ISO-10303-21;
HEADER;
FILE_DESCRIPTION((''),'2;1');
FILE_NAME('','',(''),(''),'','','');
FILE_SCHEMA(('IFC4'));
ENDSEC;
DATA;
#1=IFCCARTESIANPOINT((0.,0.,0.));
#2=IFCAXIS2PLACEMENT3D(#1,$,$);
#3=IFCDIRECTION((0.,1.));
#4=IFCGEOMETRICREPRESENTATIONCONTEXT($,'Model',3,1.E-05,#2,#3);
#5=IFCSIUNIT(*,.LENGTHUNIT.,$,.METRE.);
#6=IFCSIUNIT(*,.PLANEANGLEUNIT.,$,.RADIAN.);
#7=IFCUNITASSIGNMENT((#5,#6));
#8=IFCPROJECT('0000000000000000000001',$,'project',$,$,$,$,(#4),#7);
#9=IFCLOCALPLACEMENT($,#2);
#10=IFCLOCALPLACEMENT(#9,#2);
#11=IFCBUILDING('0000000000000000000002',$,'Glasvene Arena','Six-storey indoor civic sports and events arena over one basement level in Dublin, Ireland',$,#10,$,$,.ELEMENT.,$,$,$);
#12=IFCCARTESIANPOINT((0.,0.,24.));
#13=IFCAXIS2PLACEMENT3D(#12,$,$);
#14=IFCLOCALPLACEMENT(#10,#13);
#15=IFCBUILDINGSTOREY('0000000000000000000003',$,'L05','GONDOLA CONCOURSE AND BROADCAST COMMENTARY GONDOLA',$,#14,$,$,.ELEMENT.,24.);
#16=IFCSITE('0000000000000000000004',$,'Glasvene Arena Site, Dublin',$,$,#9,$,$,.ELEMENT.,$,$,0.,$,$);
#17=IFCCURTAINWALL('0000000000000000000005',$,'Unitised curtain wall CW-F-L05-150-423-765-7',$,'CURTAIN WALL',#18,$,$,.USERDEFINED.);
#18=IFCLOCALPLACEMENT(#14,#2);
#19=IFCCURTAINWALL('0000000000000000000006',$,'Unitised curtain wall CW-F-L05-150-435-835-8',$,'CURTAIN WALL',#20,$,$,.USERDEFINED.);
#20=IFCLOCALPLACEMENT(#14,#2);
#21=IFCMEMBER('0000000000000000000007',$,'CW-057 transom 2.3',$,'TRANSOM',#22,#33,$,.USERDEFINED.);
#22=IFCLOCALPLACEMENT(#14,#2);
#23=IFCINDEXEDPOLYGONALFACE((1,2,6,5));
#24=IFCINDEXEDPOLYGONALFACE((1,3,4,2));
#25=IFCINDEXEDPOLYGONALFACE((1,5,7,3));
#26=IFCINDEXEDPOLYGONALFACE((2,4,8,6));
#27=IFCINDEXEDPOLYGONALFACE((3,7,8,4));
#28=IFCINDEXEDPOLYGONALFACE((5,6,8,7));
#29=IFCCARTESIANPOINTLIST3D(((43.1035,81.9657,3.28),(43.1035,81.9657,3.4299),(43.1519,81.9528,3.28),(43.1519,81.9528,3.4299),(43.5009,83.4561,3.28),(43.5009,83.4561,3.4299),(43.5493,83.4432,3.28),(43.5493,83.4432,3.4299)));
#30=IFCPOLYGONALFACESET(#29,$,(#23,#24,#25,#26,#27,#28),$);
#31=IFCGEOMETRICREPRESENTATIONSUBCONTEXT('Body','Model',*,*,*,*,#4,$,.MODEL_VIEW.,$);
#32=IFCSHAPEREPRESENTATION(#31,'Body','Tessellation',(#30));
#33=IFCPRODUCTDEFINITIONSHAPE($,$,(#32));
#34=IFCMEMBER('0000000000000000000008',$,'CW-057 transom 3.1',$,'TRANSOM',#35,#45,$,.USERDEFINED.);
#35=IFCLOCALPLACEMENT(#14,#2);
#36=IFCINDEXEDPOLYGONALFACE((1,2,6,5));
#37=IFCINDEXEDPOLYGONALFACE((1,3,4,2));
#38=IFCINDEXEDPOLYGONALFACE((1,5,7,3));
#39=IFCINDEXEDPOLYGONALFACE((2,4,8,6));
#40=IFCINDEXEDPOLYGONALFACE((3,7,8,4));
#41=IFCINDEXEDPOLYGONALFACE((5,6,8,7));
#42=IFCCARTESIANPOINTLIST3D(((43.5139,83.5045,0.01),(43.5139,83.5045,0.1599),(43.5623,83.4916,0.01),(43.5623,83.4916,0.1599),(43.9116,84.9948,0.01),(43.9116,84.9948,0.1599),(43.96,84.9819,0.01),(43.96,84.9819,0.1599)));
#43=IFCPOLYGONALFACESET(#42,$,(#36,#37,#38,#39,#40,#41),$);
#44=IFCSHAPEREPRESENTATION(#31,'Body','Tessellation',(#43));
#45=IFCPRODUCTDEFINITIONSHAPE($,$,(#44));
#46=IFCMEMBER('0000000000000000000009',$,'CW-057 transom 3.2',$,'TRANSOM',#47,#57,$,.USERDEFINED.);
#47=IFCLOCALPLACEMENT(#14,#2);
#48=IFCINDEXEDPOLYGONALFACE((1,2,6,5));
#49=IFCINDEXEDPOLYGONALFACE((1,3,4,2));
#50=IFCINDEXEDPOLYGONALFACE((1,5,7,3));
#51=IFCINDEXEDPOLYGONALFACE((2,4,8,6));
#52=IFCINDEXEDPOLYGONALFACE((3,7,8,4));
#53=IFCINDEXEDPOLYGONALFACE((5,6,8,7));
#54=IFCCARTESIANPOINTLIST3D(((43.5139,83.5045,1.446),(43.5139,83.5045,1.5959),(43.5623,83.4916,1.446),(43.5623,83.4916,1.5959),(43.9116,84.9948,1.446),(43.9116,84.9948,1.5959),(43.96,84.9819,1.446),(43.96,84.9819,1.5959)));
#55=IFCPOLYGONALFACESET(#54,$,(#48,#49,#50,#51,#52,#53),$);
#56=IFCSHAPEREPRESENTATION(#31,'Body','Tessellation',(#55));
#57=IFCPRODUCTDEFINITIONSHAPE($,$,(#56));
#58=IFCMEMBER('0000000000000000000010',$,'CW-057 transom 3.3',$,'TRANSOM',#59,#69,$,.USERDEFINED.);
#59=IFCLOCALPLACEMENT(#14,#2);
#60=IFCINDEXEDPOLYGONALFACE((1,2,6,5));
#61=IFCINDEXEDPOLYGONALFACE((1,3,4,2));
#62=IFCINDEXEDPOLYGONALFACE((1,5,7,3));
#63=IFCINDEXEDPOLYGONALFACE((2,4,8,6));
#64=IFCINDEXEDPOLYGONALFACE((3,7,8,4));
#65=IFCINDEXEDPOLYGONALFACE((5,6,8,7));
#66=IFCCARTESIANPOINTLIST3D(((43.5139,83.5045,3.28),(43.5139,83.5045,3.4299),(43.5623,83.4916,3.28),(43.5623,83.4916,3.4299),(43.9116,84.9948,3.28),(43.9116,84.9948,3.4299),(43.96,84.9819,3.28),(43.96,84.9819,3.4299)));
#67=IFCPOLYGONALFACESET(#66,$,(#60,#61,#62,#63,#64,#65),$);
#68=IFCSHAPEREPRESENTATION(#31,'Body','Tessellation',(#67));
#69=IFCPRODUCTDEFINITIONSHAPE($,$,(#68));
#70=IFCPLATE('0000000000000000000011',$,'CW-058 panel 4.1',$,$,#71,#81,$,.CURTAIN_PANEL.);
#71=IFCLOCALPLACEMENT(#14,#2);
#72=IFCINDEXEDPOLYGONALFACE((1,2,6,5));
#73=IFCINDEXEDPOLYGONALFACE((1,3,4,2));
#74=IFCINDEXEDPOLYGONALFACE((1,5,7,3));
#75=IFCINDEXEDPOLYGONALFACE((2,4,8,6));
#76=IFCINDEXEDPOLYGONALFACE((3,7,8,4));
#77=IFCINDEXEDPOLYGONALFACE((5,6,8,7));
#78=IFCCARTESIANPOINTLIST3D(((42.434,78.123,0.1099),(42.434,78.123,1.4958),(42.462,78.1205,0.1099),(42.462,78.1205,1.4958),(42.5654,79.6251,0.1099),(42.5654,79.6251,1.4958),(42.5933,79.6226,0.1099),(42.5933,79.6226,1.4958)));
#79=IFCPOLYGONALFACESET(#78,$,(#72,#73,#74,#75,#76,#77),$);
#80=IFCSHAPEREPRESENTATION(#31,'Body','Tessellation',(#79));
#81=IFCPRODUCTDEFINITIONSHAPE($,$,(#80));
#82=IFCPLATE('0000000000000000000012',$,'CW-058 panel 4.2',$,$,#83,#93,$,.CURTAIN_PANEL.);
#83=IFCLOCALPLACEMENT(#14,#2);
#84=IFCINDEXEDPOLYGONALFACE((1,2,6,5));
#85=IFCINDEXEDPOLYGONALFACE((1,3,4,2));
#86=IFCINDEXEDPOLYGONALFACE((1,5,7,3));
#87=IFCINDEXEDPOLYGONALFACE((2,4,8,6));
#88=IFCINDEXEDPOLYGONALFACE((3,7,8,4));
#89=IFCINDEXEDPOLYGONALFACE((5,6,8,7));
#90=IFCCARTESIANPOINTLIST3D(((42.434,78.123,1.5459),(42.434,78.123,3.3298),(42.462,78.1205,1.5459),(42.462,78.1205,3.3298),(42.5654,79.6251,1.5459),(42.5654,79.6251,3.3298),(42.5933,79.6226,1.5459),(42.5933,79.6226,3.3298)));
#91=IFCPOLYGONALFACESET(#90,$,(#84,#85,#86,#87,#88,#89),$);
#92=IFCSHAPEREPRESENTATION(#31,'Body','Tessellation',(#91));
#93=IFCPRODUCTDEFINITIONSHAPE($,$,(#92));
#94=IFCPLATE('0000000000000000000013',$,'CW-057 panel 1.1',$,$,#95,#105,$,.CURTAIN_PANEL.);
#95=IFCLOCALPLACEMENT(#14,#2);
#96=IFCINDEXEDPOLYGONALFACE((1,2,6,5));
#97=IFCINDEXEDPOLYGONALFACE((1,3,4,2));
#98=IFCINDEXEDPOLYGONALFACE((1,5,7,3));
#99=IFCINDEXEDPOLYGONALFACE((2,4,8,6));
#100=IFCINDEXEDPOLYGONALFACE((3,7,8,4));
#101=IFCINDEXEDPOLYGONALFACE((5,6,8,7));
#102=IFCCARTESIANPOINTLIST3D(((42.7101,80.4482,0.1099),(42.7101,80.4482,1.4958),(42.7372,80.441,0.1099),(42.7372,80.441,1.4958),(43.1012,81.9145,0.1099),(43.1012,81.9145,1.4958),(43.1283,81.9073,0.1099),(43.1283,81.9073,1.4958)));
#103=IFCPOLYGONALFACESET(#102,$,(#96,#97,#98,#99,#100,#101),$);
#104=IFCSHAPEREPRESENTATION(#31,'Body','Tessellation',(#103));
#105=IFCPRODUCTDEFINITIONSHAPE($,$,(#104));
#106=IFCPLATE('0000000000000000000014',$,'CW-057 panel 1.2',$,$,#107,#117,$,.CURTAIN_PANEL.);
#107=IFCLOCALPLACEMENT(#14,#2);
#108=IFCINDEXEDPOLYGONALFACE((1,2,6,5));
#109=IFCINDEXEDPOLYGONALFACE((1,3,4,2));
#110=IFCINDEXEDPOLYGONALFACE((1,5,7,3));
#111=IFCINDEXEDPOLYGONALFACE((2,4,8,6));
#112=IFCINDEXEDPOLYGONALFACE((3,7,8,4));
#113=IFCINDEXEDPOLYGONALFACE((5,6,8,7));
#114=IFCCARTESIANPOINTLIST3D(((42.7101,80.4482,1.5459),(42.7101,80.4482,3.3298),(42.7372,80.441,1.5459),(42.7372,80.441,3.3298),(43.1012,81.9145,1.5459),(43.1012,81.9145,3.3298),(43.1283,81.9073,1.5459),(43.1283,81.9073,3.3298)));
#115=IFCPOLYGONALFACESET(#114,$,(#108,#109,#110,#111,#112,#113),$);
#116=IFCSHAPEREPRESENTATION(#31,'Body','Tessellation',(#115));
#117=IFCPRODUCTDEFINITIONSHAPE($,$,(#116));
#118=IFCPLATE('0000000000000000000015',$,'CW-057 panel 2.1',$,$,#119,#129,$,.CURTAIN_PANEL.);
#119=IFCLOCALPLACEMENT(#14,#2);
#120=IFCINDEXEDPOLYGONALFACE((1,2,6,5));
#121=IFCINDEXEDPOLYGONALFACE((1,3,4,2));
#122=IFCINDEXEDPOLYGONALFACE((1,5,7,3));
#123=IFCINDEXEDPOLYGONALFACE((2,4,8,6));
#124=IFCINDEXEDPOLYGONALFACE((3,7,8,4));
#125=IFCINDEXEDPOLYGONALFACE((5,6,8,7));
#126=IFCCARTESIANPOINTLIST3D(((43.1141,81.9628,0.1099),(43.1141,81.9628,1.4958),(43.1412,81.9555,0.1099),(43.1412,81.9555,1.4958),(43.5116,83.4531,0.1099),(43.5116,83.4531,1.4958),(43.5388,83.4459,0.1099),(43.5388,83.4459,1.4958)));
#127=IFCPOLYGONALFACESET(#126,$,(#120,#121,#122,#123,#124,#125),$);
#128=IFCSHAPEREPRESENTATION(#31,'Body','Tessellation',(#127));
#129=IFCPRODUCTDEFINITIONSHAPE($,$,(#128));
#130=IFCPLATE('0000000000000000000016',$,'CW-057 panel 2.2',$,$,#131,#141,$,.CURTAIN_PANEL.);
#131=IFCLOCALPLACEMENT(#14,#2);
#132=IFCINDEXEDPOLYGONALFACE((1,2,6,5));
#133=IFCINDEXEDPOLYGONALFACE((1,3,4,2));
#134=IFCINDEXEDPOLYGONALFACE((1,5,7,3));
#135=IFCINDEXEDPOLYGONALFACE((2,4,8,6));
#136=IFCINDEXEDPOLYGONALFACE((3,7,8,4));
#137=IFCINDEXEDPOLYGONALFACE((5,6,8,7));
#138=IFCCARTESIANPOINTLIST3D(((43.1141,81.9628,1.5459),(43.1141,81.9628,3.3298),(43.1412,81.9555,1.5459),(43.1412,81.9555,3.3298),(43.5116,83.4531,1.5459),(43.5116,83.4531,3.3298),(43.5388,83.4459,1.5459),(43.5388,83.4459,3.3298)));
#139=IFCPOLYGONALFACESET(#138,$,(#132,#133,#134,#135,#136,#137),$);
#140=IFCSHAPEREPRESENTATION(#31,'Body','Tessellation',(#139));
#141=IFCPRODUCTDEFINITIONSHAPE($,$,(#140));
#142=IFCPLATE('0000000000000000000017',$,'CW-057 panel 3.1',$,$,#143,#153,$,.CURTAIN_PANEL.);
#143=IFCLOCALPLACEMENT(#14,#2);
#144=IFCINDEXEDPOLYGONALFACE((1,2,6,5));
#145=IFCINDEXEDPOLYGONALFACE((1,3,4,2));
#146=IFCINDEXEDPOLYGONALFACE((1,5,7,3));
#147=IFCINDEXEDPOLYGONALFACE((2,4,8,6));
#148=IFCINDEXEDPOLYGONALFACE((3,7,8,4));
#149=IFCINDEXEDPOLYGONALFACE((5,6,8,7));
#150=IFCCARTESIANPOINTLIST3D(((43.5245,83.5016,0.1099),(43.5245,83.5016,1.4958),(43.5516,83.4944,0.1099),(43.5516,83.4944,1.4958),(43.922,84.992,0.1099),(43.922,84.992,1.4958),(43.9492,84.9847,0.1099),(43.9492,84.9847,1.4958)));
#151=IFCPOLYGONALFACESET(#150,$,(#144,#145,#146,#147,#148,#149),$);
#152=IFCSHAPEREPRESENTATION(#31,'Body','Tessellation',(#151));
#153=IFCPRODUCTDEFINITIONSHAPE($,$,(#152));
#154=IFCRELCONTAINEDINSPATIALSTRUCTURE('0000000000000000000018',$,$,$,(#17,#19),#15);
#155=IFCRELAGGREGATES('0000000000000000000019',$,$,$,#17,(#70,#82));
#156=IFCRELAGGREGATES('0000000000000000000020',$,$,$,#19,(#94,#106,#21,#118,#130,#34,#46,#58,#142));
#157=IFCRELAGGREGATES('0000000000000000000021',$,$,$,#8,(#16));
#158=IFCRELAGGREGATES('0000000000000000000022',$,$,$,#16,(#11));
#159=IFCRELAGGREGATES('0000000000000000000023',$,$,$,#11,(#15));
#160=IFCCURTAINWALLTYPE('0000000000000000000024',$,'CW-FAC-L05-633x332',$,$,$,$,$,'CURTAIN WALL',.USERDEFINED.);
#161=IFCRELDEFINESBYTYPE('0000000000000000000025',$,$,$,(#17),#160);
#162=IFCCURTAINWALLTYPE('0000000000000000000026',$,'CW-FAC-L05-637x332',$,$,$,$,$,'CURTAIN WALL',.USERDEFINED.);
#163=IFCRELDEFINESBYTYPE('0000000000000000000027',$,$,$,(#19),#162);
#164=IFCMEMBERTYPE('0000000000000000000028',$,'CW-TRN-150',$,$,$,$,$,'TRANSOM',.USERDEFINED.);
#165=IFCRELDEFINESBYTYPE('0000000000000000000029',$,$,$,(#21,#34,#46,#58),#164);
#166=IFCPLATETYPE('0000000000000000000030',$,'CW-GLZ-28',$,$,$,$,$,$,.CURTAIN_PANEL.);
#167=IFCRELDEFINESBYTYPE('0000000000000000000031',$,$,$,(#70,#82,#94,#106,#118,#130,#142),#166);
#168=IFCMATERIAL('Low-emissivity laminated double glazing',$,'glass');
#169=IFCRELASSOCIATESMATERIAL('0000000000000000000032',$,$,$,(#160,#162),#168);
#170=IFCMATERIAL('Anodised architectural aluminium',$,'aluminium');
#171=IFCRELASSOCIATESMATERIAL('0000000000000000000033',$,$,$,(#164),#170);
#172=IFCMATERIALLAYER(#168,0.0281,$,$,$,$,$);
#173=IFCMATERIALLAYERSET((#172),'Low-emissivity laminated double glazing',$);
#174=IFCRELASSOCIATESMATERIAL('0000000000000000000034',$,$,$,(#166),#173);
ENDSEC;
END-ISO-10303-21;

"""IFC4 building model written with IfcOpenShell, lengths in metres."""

from ifc_helpers import new_model, si_unit, direction, frame, origin, origin_2d, place, context, subcontext, project, spatial, rectangle, extrude, material, layer, layer_set, material_profile, profile_set, type_object, element, aggregate, save


model = new_model("IFC4")

# Units and contexts
model_context = context("Model", 3, precision=1e-05, world=origin(), true_north=direction((0.0, 1.0)))
body_context = subcontext(model_context, "Body", "Model", "MODEL_VIEW")
ifc_project = project(units=[si_unit("LENGTHUNIT", "METRE"), si_unit("PLANEANGLEUNIT", "RADIAN")], contexts=[model_context])

# Site, building, storey
site_placement = place(None, origin())
site = spatial("IfcSite", under=ifc_project, at=site_placement, Name="Glasvene Arena Site, Dublin", CompositionType="ELEMENT", RefElevation=0.0)
building_placement = place(site_placement, origin())
building = spatial("IfcBuilding", under=site, at=building_placement, Name="Glasvene Arena", Description="Six-storey indoor civic sports and events arena over one basement level in Dublin, Ireland", CompositionType="ELEMENT")
storey_placement = place(building_placement, frame((0.0, 0.0, 24.0)))
storey = spatial("IfcBuildingStorey", under=building, at=storey_placement, Name="L05", Description="GONDOLA CONCOURSE AND BROADCAST COMMENTARY GONDOLA", CompositionType="ELEMENT", Elevation=24.0)

# Curtain wall
ifc_material_1 = material(Name="Low-emissivity laminated double glazing", Category="glass")
curtain_wall_type_1 = type_object("IfcCurtainWallType", Name="CW-FAC-L05-633x332", ElementType="CURTAIN WALL", PredefinedType="USERDEFINED", material=ifc_material_1)
curtain_wall_1_placement = place(storey_placement, frame((42.032, 73.3667, 0.0)))
curtain_wall_1 = element("IfcCurtainWall", 1, at=curtain_wall_1_placement, inside=storey, type_object=curtain_wall_type_1, Name="Unitised curtain wall CW-F-L05-150-423-765-7", ObjectType="CURTAIN WALL", PredefinedType="USERDEFINED")
ifc_material_2 = material(Name="Anodised architectural aluminium", Category="aluminium")

# Curtain wall
curtain_wall_type_2 = type_object("IfcCurtainWallType", Name="CW-FAC-L05-637x332", ElementType="CURTAIN WALL", PredefinedType="USERDEFINED", material=ifc_material_1)
curtain_wall_2_placement = place(storey_placement, frame((42.7107, 80.3965, 0.0)))
curtain_wall_2 = element("IfcCurtainWall", 2, at=curtain_wall_2_placement, inside=storey, type_object=curtain_wall_type_2, Name="Unitised curtain wall CW-F-L05-150-435-835-8", ObjectType="CURTAIN WALL", PredefinedType="USERDEFINED")

# Shared definitions
ifc_material_profile_1 = material_profile(ifc_material_2, rectangle(XDim=0.05, YDim=0.1499, at=origin_2d()), Name="ALU TRANSOM 50x150")
ifc_profile_set_1 = profile_set([ifc_material_profile_1], Name="Anodised architectural aluminium")
member_type_1 = type_object("IfcMemberType", Name="CW-TRN-150", ElementType="TRANSOM", PredefinedType="USERDEFINED", material=ifc_profile_set_1)

# Members
member_1_placement = place(storey_placement, frame((43.1277, 81.9592, 3.355), z_axis=(0.257663, 0.966235, 0.0), x_axis=(-0.966235, 0.257663, 0.0)))
member_1 = element("IfcMember", 3, at=member_1_placement, type_object=member_type_1, Name="CW-057 transom 2.3", ObjectType="TRANSOM", PredefinedType="USERDEFINED", context=body_context, shape_type="SweptSolid", body=[
    extrude(rectangle(XDim=0.05, YDim=0.1499, at=origin_2d()), origin(), (0.0, 0.0, 1.0), 1.5425),
])
member_2_placement = place(storey_placement, frame((43.5381, 83.498, 0.085), z_axis=(0.25785, 0.966185, 0.0), x_axis=(-0.966185, 0.25785, 0.0)))
member_2 = element("IfcMember", 4, at=member_2_placement, type_object=member_type_1, Name="CW-057 transom 3.1", ObjectType="TRANSOM", PredefinedType="USERDEFINED", context=body_context, shape_type="SweptSolid", body=[
    extrude(rectangle(XDim=0.05, YDim=0.1499, at=origin_2d()), origin(), (0.0, 0.0, 1.0), 1.5425),
])
member_3_placement = place(storey_placement, frame((43.5381, 83.498, 1.521), z_axis=(0.25785, 0.966185, 0.0), x_axis=(-0.966185, 0.25785, 0.0)))
member_3 = element("IfcMember", 5, at=member_3_placement, type_object=member_type_1, Name="CW-057 transom 3.2", ObjectType="TRANSOM", PredefinedType="USERDEFINED", context=body_context, shape_type="SweptSolid", body=[
    extrude(rectangle(XDim=0.05, YDim=0.1499, at=origin_2d()), origin(), (0.0, 0.0, 1.0), 1.5425),
])
member_4_placement = place(storey_placement, frame((43.5381, 83.498, 3.355), z_axis=(0.25785, 0.966185, 0.0), x_axis=(-0.966185, 0.25785, 0.0)))
member_4 = element("IfcMember", 6, at=member_4_placement, type_object=member_type_1, Name="CW-057 transom 3.3", ObjectType="TRANSOM", PredefinedType="USERDEFINED", context=body_context, shape_type="SweptSolid", body=[
    extrude(rectangle(XDim=0.05, YDim=0.1499, at=origin_2d()), origin(), (0.0, 0.0, 1.0), 1.5425),
])

# Plates
ifc_layer = layer(ifc_material_1, 0.0281)
ifc_layer_set = layer_set([ifc_layer], Name="Low-emissivity laminated double glazing")
plate_type = type_object("IfcPlateType", Name="CW-GLZ-28", PredefinedType="CURTAIN_PANEL", material=ifc_layer_set)
plate_1_placement = place(storey_placement, frame((42.5137, 78.8728, 0.1099), z_axis=(0.0, 0.0, 1.0), x_axis=(0.087113, 0.996198, 0.0)))
plate_1 = element("IfcPlate", 7, at=plate_1_placement, type_object=plate_type, Name="CW-058 panel 4.1", PredefinedType="CURTAIN_PANEL", context=body_context, shape_type="SweptSolid", body=[
    extrude(rectangle(XDim=1.5078, YDim=0.0281, at=origin_2d()), origin(), (0.0, 0.0, 1.0), 1.386),
])
plate_2_placement = place(storey_placement, frame((42.5137, 78.8728, 1.5459), z_axis=(0.0, 0.0, 1.0), x_axis=(0.087113, 0.996198, 0.0)))
plate_2 = element("IfcPlate", 8, at=plate_2_placement, type_object=plate_type, Name="CW-058 panel 4.2", PredefinedType="CURTAIN_PANEL", context=body_context, shape_type="SweptSolid", body=[
    extrude(rectangle(XDim=1.5078, YDim=0.0281, at=origin_2d()), origin(), (0.0, 0.0, 1.0), 1.7839),
])
aggregate(curtain_wall_1, [plate_1, plate_2])
plate_3_placement = place(storey_placement, frame((42.9192, 81.1777, 0.1099), z_axis=(0.0, 0.0, 1.0), x_axis=(0.257739, 0.966215, 0.0)))
plate_3 = element("IfcPlate", 9, at=plate_3_placement, type_object=plate_type, Name="CW-057 panel 1.1", PredefinedType="CURTAIN_PANEL", context=body_context, shape_type="SweptSolid", body=[
    extrude(rectangle(XDim=1.5176, YDim=0.0281, at=origin_2d()), origin(), (0.0, 0.0, 1.0), 1.386),
])
plate_4_placement = place(storey_placement, frame((42.9192, 81.1777, 1.5459), z_axis=(0.0, 0.0, 1.0), x_axis=(0.257739, 0.966215, 0.0)))
plate_4 = element("IfcPlate", 10, at=plate_4_placement, type_object=plate_type, Name="CW-057 panel 1.2", PredefinedType="CURTAIN_PANEL", context=body_context, shape_type="SweptSolid", body=[
    extrude(rectangle(XDim=1.5176, YDim=0.0281, at=origin_2d()), origin(), (0.0, 0.0, 1.0), 1.7839),
])
plate_5_placement = place(storey_placement, frame((43.3264, 82.7043, 0.1099), z_axis=(0.0, 0.0, 1.0), x_axis=(0.257739, 0.966215, 0.0)))
plate_5 = element("IfcPlate", 11, at=plate_5_placement, type_object=plate_type, Name="CW-057 panel 2.1", PredefinedType="CURTAIN_PANEL", context=body_context, shape_type="SweptSolid", body=[
    extrude(rectangle(XDim=1.5425, YDim=0.0281, at=origin_2d()), origin(), (0.0, 0.0, 1.0), 1.386),
])
plate_6_placement = place(storey_placement, frame((43.3264, 82.7043, 1.5459), z_axis=(0.0, 0.0, 1.0), x_axis=(0.257739, 0.966215, 0.0)))
plate_6 = element("IfcPlate", 12, at=plate_6_placement, type_object=plate_type, Name="CW-057 panel 2.2", PredefinedType="CURTAIN_PANEL", context=body_context, shape_type="SweptSolid", body=[
    extrude(rectangle(XDim=1.5425, YDim=0.0281, at=origin_2d()), origin(), (0.0, 0.0, 1.0), 1.7839),
])
plate_7_placement = place(storey_placement, frame((43.7368, 84.2432, 0.1099), z_axis=(0.0, 0.0, 1.0), x_axis=(0.257739, 0.966215, 0.0)))
plate_7 = element("IfcPlate", 13, at=plate_7_placement, type_object=plate_type, Name="CW-057 panel 3.1", PredefinedType="CURTAIN_PANEL", context=body_context, shape_type="SweptSolid", body=[
    extrude(rectangle(XDim=1.5425, YDim=0.0281, at=origin_2d()), origin(), (0.0, 0.0, 1.0), 1.386),
])
aggregate(curtain_wall_2, [plate_3, plate_4, member_1, plate_5, plate_6, member_2, member_3, member_4, plate_7])

save(model, "model.ifc")
